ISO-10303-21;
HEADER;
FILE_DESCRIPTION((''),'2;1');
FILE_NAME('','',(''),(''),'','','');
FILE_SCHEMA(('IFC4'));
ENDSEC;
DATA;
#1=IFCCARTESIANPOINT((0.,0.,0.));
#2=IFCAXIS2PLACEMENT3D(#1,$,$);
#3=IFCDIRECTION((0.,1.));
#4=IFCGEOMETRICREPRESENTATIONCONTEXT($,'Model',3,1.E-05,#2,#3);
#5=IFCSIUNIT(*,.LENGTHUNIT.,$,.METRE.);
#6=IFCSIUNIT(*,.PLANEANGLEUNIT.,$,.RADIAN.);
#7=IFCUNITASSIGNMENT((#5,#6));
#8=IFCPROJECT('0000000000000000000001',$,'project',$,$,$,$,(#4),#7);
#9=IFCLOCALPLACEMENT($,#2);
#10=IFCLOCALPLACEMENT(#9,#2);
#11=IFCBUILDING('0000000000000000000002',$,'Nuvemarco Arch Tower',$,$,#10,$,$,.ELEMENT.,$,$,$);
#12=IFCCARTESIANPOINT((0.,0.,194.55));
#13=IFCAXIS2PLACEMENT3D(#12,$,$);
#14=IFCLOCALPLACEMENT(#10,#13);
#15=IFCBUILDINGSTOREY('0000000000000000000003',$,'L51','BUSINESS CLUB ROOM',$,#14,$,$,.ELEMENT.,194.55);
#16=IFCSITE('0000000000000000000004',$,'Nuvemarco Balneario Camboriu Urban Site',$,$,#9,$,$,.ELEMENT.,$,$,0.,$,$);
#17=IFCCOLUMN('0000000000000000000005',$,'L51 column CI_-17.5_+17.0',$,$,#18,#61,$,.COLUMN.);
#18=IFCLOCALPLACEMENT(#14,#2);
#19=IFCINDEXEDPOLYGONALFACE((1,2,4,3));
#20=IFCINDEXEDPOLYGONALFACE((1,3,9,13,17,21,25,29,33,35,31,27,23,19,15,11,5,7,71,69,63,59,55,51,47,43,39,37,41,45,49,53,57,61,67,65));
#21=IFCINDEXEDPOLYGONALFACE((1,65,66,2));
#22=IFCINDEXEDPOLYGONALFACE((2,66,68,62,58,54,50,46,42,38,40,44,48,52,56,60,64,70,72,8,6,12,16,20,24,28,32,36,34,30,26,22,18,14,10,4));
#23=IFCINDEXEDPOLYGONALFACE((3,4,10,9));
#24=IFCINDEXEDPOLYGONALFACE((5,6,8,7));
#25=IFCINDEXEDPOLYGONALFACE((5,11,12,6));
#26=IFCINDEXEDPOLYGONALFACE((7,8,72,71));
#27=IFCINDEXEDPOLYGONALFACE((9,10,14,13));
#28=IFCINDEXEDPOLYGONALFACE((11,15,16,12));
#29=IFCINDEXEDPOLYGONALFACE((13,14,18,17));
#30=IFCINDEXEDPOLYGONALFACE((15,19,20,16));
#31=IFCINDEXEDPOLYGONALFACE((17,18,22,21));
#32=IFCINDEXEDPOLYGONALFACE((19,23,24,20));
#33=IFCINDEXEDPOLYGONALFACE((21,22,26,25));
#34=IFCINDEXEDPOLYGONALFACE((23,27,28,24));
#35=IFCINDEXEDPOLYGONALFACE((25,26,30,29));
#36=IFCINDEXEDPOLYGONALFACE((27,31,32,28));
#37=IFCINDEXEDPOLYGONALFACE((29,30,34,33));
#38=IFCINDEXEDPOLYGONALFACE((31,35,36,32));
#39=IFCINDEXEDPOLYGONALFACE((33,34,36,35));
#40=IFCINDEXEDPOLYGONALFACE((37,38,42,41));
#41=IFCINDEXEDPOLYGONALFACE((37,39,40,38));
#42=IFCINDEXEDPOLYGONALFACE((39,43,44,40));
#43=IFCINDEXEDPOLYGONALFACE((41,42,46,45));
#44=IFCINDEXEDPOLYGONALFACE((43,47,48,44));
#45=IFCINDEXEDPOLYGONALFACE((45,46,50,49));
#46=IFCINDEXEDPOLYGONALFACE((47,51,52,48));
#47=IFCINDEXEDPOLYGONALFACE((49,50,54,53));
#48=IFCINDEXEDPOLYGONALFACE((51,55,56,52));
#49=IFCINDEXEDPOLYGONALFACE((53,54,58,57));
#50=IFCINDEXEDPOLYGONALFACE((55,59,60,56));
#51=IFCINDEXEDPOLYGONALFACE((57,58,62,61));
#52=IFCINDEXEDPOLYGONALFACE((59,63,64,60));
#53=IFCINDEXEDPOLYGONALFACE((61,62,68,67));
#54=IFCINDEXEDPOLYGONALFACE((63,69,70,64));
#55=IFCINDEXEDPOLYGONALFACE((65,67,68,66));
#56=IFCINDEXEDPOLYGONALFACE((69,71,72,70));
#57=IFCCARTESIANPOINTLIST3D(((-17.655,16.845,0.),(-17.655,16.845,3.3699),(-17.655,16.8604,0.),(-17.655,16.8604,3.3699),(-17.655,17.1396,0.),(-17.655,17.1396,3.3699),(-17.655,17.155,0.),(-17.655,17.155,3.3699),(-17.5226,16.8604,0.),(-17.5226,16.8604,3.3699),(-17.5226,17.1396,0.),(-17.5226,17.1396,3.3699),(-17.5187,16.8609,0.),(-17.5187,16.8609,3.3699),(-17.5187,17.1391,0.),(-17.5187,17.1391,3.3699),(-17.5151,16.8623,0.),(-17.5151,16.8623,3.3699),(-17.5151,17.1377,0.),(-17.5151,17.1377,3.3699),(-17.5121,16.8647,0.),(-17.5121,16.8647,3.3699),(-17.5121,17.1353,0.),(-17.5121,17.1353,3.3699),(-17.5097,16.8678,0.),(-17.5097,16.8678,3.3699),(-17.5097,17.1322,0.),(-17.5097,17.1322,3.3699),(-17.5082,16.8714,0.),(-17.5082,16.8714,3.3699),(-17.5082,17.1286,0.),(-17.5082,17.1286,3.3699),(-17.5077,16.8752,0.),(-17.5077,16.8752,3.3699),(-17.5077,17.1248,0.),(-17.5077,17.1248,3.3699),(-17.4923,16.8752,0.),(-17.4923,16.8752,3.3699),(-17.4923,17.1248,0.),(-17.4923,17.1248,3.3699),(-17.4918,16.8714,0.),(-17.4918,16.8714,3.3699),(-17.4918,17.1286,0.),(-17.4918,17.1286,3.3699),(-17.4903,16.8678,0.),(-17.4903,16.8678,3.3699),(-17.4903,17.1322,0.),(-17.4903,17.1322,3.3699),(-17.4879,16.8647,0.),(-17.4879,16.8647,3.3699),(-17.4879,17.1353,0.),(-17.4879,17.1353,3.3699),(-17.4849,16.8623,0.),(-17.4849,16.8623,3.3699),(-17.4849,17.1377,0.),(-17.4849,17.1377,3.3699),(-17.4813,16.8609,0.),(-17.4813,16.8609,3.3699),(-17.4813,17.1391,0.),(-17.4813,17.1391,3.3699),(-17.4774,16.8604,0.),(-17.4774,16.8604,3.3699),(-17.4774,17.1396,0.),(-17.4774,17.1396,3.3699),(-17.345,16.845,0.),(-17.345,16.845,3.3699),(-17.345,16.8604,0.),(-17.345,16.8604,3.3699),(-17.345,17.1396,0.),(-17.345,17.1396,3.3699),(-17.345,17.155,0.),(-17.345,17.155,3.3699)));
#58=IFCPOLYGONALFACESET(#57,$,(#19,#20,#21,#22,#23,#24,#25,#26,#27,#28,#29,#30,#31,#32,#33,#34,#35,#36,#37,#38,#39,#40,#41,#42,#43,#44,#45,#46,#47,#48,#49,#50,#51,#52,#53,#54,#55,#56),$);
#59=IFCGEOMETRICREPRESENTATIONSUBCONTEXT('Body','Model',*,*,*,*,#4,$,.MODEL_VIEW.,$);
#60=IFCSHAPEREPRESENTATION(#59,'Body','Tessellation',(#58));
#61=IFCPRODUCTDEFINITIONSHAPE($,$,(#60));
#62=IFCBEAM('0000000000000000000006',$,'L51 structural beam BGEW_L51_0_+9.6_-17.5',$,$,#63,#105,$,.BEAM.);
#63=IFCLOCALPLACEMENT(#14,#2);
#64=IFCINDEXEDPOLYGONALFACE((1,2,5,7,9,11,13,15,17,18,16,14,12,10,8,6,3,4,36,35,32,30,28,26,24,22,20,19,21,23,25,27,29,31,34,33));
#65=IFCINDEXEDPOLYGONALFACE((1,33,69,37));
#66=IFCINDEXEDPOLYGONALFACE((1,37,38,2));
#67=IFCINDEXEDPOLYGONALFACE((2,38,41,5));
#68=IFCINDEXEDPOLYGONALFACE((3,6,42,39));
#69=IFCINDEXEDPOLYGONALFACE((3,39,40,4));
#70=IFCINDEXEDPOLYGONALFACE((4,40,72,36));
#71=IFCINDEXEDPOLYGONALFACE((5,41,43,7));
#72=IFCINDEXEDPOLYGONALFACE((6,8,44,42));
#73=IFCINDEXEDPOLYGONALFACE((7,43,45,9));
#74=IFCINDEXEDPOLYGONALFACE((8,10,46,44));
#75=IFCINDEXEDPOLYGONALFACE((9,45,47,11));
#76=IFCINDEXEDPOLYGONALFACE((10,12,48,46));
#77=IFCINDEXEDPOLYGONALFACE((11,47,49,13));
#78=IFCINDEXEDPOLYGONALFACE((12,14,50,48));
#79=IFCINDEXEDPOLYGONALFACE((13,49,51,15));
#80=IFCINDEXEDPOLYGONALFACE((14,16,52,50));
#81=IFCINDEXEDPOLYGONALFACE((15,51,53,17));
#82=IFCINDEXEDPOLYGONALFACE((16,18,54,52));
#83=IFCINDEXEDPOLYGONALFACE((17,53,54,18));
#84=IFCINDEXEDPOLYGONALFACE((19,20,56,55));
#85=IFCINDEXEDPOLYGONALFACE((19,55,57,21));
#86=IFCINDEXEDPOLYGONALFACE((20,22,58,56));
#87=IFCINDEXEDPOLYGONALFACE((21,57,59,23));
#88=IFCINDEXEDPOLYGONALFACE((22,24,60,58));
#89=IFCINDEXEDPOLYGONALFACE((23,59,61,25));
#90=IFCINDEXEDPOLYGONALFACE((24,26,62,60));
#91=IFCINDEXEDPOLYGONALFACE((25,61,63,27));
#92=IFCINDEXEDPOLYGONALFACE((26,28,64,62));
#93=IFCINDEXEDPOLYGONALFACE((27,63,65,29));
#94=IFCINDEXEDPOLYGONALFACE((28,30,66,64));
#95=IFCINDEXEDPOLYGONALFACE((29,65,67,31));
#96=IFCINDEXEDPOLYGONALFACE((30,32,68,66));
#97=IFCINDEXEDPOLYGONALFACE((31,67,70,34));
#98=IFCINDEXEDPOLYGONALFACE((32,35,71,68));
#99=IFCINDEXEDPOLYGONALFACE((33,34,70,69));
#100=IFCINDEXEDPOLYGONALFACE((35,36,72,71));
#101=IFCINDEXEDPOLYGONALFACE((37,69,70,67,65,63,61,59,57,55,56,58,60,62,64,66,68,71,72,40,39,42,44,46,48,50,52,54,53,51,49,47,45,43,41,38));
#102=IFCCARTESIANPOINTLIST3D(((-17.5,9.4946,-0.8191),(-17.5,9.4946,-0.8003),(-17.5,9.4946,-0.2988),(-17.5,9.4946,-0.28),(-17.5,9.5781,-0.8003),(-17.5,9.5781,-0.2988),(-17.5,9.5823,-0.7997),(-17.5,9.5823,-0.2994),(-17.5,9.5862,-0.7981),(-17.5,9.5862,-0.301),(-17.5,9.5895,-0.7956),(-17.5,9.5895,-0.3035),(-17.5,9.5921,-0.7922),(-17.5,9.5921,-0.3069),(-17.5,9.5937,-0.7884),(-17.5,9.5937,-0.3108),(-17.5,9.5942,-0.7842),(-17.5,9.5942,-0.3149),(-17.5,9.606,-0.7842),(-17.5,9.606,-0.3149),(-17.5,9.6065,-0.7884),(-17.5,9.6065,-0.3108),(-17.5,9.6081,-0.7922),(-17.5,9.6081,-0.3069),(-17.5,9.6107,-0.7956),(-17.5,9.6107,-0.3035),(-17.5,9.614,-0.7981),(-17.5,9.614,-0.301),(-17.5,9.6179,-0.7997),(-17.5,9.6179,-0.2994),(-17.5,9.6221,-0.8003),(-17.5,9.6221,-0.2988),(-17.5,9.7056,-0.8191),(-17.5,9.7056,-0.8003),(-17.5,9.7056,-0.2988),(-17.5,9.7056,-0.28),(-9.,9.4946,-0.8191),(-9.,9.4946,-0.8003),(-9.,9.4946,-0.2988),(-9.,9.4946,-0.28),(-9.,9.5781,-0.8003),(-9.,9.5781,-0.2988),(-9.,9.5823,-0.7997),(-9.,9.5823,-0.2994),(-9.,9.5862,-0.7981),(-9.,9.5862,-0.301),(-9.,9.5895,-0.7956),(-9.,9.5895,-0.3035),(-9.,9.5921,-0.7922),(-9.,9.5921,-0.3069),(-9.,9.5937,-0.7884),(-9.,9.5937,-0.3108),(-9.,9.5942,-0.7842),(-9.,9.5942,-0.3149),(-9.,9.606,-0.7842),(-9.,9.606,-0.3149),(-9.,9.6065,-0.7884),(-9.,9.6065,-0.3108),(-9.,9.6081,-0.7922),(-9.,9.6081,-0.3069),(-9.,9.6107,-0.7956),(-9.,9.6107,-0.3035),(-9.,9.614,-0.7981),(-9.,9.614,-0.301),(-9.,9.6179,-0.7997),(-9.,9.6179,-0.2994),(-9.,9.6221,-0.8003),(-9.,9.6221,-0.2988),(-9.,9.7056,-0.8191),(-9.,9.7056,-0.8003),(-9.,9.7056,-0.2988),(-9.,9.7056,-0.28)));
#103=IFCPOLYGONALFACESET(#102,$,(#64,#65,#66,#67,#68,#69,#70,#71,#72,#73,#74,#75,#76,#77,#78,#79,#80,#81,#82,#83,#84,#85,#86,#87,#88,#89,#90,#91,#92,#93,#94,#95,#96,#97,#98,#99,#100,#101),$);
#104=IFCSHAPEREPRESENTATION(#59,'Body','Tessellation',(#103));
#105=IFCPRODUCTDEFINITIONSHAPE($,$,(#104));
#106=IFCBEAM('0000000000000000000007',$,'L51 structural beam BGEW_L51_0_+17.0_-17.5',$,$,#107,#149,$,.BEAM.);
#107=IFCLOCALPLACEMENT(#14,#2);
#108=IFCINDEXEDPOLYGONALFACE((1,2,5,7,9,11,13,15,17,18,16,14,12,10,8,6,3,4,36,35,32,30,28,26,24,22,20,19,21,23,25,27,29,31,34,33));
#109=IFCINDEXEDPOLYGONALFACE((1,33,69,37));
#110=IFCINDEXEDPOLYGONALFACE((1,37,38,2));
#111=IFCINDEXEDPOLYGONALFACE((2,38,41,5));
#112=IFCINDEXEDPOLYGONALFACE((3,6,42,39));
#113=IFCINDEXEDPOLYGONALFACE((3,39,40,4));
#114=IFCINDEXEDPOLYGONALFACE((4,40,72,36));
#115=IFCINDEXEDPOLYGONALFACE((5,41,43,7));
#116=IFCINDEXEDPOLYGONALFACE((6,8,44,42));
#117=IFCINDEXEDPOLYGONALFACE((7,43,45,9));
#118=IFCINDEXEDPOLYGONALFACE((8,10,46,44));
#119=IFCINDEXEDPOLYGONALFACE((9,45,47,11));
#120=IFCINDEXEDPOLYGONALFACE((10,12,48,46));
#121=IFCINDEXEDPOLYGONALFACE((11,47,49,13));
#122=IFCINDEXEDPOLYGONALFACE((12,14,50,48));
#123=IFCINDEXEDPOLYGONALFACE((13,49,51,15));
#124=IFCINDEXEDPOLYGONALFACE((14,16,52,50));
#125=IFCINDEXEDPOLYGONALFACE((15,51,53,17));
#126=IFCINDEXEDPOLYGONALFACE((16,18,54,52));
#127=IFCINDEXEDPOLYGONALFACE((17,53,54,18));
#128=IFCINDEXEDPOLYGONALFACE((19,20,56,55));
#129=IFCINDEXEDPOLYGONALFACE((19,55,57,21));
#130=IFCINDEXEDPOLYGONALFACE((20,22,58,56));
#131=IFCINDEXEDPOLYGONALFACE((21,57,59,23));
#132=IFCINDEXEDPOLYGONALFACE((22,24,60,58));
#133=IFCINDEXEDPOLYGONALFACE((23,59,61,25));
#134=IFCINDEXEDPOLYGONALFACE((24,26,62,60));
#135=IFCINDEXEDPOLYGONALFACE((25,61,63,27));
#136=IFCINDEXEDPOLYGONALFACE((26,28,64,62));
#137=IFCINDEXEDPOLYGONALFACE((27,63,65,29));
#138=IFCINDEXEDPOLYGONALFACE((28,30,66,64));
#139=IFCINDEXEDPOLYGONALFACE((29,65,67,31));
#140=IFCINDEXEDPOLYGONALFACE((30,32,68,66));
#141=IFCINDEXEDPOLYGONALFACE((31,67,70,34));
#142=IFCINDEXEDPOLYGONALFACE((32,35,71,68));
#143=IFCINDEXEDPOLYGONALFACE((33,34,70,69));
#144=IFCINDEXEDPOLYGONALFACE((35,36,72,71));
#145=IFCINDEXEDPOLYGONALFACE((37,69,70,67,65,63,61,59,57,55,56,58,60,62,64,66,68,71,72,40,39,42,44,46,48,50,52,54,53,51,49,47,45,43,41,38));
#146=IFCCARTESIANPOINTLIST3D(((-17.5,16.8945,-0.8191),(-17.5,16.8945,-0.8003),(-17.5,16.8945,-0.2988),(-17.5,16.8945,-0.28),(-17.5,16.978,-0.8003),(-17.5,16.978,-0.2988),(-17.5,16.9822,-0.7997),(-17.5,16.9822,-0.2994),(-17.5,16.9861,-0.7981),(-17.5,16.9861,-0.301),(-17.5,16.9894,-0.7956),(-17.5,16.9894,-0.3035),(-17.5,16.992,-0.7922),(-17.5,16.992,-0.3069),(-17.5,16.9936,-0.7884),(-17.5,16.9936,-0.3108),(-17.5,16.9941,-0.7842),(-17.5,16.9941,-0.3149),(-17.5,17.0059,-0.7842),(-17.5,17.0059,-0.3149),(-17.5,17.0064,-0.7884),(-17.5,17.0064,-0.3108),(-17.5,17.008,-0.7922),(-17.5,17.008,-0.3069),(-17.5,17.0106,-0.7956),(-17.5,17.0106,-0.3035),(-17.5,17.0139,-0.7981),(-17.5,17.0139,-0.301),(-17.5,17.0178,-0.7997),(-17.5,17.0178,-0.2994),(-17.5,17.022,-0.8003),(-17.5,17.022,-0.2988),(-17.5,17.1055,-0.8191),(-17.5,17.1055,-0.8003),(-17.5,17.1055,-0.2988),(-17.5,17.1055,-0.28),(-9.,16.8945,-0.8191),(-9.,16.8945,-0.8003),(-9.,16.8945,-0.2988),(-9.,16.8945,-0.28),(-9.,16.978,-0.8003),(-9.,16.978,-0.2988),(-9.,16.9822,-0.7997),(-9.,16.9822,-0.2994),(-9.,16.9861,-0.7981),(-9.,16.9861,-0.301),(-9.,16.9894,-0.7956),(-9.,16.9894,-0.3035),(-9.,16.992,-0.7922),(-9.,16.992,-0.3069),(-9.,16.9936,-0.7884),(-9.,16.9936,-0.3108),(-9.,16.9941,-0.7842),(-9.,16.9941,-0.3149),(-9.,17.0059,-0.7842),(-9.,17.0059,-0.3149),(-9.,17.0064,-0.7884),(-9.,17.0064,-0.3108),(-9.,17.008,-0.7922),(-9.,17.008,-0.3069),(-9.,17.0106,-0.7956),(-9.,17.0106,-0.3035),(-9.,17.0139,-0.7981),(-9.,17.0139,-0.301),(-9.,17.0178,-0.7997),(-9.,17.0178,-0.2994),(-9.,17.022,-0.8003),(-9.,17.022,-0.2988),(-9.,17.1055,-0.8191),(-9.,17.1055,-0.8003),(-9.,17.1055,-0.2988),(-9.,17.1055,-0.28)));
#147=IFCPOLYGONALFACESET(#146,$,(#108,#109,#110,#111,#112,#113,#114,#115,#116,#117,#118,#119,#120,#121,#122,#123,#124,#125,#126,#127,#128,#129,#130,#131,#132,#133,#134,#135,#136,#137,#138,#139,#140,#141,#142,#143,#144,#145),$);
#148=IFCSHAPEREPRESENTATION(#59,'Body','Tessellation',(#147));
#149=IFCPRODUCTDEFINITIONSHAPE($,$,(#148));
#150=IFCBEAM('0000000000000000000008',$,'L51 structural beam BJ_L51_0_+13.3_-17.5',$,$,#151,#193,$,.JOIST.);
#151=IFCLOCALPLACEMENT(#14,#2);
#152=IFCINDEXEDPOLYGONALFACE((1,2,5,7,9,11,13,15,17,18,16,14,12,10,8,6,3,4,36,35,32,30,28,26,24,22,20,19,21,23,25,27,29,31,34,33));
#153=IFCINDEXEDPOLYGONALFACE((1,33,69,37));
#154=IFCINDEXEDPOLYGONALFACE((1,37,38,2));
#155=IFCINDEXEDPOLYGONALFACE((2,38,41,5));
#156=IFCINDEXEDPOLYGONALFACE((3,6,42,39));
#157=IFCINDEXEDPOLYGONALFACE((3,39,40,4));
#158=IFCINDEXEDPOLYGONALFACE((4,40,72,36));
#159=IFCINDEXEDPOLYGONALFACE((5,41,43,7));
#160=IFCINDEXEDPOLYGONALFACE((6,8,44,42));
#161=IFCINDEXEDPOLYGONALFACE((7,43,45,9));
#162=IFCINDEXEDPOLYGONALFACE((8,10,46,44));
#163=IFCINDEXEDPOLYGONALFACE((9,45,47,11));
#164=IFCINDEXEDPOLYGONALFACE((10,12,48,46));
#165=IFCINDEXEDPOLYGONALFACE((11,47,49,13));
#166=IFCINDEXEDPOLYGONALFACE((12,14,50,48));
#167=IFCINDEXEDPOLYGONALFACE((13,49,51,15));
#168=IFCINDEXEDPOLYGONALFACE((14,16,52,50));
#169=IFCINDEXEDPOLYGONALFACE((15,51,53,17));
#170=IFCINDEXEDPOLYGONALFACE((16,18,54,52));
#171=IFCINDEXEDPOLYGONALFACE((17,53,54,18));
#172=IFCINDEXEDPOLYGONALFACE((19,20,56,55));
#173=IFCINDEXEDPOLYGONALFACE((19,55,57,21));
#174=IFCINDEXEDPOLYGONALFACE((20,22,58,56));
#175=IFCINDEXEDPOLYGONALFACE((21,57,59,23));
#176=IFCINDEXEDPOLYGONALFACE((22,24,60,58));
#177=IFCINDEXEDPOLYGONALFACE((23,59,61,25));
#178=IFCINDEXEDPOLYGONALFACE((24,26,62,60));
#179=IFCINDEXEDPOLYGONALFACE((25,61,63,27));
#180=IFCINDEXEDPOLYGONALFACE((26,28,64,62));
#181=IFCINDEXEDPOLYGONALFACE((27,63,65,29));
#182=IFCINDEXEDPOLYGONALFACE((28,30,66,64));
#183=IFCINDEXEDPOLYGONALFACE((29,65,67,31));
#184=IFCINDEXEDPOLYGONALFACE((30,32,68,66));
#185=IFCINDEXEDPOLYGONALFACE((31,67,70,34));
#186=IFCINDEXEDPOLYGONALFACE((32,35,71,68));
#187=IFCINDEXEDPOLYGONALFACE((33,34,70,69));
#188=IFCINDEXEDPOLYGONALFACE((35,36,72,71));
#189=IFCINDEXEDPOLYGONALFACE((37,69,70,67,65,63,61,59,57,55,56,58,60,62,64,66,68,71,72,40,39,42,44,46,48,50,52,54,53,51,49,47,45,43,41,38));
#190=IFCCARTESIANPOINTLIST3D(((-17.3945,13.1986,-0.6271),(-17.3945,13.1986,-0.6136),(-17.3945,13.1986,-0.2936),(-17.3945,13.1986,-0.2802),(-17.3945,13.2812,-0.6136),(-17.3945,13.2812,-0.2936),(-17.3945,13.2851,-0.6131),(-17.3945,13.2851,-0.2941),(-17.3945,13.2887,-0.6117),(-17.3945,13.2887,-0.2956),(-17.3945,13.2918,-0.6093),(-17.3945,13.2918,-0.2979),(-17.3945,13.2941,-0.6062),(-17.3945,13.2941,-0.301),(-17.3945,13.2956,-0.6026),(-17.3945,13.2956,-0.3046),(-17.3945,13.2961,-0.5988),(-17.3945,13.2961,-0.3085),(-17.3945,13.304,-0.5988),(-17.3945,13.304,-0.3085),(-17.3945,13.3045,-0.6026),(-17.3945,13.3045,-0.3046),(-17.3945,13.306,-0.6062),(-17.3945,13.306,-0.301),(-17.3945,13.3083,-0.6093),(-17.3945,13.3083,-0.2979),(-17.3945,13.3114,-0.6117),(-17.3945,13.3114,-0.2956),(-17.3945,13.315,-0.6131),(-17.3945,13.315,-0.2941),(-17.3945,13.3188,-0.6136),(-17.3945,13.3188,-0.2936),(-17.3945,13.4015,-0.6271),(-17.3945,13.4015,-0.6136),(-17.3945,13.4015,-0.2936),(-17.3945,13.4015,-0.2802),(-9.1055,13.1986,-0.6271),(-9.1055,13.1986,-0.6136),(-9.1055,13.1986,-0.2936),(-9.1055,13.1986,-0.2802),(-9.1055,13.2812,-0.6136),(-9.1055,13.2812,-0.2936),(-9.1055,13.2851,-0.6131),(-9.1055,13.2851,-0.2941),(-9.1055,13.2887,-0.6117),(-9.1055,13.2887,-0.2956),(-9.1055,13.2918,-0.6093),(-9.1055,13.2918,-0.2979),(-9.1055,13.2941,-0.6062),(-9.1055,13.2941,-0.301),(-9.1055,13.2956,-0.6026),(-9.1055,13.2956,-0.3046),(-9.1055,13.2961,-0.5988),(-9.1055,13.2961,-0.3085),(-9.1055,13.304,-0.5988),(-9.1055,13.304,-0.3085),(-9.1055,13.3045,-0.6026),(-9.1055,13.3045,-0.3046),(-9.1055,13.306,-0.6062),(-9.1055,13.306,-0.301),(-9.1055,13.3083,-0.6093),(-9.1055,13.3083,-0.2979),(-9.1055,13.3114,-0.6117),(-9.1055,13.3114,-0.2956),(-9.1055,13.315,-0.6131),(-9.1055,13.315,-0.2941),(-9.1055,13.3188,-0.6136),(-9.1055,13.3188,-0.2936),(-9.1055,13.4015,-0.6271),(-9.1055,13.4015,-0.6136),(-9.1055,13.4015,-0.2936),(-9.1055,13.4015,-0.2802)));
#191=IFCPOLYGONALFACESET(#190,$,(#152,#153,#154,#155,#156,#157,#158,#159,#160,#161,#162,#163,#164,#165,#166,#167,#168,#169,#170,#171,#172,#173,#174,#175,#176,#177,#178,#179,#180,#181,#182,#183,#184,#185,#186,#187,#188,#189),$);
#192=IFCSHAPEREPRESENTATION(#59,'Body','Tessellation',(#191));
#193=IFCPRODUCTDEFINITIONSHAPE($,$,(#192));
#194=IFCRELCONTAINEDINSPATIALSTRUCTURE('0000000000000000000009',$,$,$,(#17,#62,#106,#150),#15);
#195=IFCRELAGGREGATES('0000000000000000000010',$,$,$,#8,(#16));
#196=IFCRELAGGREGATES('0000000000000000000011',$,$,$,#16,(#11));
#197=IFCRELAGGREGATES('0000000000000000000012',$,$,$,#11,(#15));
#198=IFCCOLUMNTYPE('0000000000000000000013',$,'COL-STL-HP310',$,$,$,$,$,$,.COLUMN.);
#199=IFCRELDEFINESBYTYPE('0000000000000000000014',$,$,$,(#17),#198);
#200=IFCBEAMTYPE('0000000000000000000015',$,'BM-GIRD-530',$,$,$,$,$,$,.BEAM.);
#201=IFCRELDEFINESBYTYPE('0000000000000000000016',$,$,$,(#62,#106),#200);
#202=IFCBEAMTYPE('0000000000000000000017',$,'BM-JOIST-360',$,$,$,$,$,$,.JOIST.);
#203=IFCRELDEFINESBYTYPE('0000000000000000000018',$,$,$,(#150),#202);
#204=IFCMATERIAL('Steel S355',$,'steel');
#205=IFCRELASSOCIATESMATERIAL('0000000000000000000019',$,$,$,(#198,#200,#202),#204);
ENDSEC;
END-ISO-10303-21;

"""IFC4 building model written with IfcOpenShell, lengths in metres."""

from ifc_helpers import new_model, si_unit, direction, frame, origin, origin_2d, place, context, subcontext, project, spatial, i_section, extrude, material, material_profile, profile_set, type_object, element, save


model = new_model("IFC4")

# Units and contexts
model_context = context("Model", 3, precision=1e-05, world=origin(), true_north=direction((0.0, 1.0)))
body_context = subcontext(model_context, "Body", "Model", "MODEL_VIEW")
ifc_project = project(units=[si_unit("LENGTHUNIT", "METRE"), si_unit("PLANEANGLEUNIT", "RADIAN")], contexts=[model_context])

# Site, building, storey
site_placement = place(None, origin())
site = spatial("IfcSite", under=ifc_project, at=site_placement, Name="Nuvemarco Balneario Camboriu Urban Site", CompositionType="ELEMENT", RefElevation=0.0)
building_placement = place(site_placement, origin())
building = spatial("IfcBuilding", under=site, at=building_placement, Name="Nuvemarco Arch Tower", CompositionType="ELEMENT")
storey_placement = place(building_placement, frame((0.0, 0.0, 194.55)))
storey = spatial("IfcBuildingStorey", under=building, at=storey_placement, Name="L51", Description="BUSINESS CLUB ROOM", CompositionType="ELEMENT", Elevation=194.55)

# Column
ifc_material_1 = material(Name="Steel S355", Category="steel")
ifc_material_profile_1 = material_profile(ifc_material_1, i_section(OverallWidth=0.3101, OverallDepth=0.3101, WebThickness=0.0154, FlangeThickness=0.0154, FilletRadius=0.0149, at=origin_2d()), Name="HP310x110")
ifc_profile_set_1 = profile_set([ifc_material_profile_1], Name="Steel S355")
column_type = type_object("IfcColumnType", Name="COL-STL-HP310", PredefinedType="COLUMN", material=ifc_profile_set_1)
column_placement = place(storey_placement, frame((-17.5, 17.0, 0.0), z_axis=(0.0, 0.0, 1.0), x_axis=(1.0, 0.0, 0.0)))
element("IfcColumn", 1, at=column_placement, inside=storey, type_object=column_type, Name="L51 column CI_-17.5_+17.0", PredefinedType="COLUMN", context=body_context, shape_type="SweptSolid", body=[
    extrude(i_section(OverallWidth=0.3101, OverallDepth=0.3101, WebThickness=0.0154, FlangeThickness=0.0154, FilletRadius=0.0149, at=origin_2d()), origin(), (0.0, 0.0, 1.0), 3.3699),
])

# Beams
ifc_material_profile_2 = material_profile(ifc_material_1, i_section(OverallWidth=0.2109, OverallDepth=0.5391, WebThickness=0.0117, FlangeThickness=0.0188, FilletRadius=0.0161, at=origin_2d()), Name="W530x109")
ifc_profile_set_2 = profile_set([ifc_material_profile_2], Name="Steel S355")
beam_type_1 = type_object("IfcBeamType", Name="BM-GIRD-530", PredefinedType="BEAM", material=ifc_profile_set_2)
for number, where, z_axis, x_axis, name in (
    (2, (-17.5, 9.6001, -0.5496), (1.0, 0.0, 0.0), (0.0, 1.0, 0.0), "L51 structural beam BGEW_L51_0_+9.6_-17.5"),
    (3, (-17.5, 17.0, -0.5496), (1.0, 0.0, 0.0), (0.0, 1.0, 0.0), "L51 structural beam BGEW_L51_0_+17.0_-17.5"),
):
    element("IfcBeam", number, at=place(storey_placement, frame(where, z_axis=z_axis, x_axis=x_axis)), inside=storey, type_object=beam_type_1, Name=name, PredefinedType="BEAM", context=body_context, shape_type="SweptSolid", body=[
        extrude(i_section(OverallWidth=0.2109, OverallDepth=0.5391, WebThickness=0.0117, FlangeThickness=0.0188, FilletRadius=0.0161, at=origin_2d()), origin(), (0.0, 0.0, 1.0), 8.5),
    ])
ifc_material_profile_3 = material_profile(ifc_material_1, i_section(OverallWidth=0.2029, OverallDepth=0.3469, WebThickness=0.0078, FlangeThickness=0.0134, FilletRadius=0.0149, at=origin_2d()), Name="W360x64")
ifc_profile_set_3 = profile_set([ifc_material_profile_3], Name="Steel S355")
beam_type_2 = type_object("IfcBeamType", Name="BM-JOIST-360", PredefinedType="JOIST", material=ifc_profile_set_3)
beam_placement = place(storey_placement, frame((-17.3945, 13.3, -0.4536), z_axis=(1.0, 0.0, 0.0), x_axis=(0.0, 1.0, 0.0)))
element("IfcBeam", 4, at=beam_placement, inside=storey, type_object=beam_type_2, Name="L51 structural beam BJ_L51_0_+13.3_-17.5", PredefinedType="JOIST", context=body_context, shape_type="SweptSolid", body=[
    extrude(i_section(OverallWidth=0.2029, OverallDepth=0.3469, WebThickness=0.0078, FlangeThickness=0.0134, FilletRadius=0.0149, at=origin_2d()), origin(), (0.0, 0.0, 1.0), 8.2891),
])

save(model, "model.ifc")
